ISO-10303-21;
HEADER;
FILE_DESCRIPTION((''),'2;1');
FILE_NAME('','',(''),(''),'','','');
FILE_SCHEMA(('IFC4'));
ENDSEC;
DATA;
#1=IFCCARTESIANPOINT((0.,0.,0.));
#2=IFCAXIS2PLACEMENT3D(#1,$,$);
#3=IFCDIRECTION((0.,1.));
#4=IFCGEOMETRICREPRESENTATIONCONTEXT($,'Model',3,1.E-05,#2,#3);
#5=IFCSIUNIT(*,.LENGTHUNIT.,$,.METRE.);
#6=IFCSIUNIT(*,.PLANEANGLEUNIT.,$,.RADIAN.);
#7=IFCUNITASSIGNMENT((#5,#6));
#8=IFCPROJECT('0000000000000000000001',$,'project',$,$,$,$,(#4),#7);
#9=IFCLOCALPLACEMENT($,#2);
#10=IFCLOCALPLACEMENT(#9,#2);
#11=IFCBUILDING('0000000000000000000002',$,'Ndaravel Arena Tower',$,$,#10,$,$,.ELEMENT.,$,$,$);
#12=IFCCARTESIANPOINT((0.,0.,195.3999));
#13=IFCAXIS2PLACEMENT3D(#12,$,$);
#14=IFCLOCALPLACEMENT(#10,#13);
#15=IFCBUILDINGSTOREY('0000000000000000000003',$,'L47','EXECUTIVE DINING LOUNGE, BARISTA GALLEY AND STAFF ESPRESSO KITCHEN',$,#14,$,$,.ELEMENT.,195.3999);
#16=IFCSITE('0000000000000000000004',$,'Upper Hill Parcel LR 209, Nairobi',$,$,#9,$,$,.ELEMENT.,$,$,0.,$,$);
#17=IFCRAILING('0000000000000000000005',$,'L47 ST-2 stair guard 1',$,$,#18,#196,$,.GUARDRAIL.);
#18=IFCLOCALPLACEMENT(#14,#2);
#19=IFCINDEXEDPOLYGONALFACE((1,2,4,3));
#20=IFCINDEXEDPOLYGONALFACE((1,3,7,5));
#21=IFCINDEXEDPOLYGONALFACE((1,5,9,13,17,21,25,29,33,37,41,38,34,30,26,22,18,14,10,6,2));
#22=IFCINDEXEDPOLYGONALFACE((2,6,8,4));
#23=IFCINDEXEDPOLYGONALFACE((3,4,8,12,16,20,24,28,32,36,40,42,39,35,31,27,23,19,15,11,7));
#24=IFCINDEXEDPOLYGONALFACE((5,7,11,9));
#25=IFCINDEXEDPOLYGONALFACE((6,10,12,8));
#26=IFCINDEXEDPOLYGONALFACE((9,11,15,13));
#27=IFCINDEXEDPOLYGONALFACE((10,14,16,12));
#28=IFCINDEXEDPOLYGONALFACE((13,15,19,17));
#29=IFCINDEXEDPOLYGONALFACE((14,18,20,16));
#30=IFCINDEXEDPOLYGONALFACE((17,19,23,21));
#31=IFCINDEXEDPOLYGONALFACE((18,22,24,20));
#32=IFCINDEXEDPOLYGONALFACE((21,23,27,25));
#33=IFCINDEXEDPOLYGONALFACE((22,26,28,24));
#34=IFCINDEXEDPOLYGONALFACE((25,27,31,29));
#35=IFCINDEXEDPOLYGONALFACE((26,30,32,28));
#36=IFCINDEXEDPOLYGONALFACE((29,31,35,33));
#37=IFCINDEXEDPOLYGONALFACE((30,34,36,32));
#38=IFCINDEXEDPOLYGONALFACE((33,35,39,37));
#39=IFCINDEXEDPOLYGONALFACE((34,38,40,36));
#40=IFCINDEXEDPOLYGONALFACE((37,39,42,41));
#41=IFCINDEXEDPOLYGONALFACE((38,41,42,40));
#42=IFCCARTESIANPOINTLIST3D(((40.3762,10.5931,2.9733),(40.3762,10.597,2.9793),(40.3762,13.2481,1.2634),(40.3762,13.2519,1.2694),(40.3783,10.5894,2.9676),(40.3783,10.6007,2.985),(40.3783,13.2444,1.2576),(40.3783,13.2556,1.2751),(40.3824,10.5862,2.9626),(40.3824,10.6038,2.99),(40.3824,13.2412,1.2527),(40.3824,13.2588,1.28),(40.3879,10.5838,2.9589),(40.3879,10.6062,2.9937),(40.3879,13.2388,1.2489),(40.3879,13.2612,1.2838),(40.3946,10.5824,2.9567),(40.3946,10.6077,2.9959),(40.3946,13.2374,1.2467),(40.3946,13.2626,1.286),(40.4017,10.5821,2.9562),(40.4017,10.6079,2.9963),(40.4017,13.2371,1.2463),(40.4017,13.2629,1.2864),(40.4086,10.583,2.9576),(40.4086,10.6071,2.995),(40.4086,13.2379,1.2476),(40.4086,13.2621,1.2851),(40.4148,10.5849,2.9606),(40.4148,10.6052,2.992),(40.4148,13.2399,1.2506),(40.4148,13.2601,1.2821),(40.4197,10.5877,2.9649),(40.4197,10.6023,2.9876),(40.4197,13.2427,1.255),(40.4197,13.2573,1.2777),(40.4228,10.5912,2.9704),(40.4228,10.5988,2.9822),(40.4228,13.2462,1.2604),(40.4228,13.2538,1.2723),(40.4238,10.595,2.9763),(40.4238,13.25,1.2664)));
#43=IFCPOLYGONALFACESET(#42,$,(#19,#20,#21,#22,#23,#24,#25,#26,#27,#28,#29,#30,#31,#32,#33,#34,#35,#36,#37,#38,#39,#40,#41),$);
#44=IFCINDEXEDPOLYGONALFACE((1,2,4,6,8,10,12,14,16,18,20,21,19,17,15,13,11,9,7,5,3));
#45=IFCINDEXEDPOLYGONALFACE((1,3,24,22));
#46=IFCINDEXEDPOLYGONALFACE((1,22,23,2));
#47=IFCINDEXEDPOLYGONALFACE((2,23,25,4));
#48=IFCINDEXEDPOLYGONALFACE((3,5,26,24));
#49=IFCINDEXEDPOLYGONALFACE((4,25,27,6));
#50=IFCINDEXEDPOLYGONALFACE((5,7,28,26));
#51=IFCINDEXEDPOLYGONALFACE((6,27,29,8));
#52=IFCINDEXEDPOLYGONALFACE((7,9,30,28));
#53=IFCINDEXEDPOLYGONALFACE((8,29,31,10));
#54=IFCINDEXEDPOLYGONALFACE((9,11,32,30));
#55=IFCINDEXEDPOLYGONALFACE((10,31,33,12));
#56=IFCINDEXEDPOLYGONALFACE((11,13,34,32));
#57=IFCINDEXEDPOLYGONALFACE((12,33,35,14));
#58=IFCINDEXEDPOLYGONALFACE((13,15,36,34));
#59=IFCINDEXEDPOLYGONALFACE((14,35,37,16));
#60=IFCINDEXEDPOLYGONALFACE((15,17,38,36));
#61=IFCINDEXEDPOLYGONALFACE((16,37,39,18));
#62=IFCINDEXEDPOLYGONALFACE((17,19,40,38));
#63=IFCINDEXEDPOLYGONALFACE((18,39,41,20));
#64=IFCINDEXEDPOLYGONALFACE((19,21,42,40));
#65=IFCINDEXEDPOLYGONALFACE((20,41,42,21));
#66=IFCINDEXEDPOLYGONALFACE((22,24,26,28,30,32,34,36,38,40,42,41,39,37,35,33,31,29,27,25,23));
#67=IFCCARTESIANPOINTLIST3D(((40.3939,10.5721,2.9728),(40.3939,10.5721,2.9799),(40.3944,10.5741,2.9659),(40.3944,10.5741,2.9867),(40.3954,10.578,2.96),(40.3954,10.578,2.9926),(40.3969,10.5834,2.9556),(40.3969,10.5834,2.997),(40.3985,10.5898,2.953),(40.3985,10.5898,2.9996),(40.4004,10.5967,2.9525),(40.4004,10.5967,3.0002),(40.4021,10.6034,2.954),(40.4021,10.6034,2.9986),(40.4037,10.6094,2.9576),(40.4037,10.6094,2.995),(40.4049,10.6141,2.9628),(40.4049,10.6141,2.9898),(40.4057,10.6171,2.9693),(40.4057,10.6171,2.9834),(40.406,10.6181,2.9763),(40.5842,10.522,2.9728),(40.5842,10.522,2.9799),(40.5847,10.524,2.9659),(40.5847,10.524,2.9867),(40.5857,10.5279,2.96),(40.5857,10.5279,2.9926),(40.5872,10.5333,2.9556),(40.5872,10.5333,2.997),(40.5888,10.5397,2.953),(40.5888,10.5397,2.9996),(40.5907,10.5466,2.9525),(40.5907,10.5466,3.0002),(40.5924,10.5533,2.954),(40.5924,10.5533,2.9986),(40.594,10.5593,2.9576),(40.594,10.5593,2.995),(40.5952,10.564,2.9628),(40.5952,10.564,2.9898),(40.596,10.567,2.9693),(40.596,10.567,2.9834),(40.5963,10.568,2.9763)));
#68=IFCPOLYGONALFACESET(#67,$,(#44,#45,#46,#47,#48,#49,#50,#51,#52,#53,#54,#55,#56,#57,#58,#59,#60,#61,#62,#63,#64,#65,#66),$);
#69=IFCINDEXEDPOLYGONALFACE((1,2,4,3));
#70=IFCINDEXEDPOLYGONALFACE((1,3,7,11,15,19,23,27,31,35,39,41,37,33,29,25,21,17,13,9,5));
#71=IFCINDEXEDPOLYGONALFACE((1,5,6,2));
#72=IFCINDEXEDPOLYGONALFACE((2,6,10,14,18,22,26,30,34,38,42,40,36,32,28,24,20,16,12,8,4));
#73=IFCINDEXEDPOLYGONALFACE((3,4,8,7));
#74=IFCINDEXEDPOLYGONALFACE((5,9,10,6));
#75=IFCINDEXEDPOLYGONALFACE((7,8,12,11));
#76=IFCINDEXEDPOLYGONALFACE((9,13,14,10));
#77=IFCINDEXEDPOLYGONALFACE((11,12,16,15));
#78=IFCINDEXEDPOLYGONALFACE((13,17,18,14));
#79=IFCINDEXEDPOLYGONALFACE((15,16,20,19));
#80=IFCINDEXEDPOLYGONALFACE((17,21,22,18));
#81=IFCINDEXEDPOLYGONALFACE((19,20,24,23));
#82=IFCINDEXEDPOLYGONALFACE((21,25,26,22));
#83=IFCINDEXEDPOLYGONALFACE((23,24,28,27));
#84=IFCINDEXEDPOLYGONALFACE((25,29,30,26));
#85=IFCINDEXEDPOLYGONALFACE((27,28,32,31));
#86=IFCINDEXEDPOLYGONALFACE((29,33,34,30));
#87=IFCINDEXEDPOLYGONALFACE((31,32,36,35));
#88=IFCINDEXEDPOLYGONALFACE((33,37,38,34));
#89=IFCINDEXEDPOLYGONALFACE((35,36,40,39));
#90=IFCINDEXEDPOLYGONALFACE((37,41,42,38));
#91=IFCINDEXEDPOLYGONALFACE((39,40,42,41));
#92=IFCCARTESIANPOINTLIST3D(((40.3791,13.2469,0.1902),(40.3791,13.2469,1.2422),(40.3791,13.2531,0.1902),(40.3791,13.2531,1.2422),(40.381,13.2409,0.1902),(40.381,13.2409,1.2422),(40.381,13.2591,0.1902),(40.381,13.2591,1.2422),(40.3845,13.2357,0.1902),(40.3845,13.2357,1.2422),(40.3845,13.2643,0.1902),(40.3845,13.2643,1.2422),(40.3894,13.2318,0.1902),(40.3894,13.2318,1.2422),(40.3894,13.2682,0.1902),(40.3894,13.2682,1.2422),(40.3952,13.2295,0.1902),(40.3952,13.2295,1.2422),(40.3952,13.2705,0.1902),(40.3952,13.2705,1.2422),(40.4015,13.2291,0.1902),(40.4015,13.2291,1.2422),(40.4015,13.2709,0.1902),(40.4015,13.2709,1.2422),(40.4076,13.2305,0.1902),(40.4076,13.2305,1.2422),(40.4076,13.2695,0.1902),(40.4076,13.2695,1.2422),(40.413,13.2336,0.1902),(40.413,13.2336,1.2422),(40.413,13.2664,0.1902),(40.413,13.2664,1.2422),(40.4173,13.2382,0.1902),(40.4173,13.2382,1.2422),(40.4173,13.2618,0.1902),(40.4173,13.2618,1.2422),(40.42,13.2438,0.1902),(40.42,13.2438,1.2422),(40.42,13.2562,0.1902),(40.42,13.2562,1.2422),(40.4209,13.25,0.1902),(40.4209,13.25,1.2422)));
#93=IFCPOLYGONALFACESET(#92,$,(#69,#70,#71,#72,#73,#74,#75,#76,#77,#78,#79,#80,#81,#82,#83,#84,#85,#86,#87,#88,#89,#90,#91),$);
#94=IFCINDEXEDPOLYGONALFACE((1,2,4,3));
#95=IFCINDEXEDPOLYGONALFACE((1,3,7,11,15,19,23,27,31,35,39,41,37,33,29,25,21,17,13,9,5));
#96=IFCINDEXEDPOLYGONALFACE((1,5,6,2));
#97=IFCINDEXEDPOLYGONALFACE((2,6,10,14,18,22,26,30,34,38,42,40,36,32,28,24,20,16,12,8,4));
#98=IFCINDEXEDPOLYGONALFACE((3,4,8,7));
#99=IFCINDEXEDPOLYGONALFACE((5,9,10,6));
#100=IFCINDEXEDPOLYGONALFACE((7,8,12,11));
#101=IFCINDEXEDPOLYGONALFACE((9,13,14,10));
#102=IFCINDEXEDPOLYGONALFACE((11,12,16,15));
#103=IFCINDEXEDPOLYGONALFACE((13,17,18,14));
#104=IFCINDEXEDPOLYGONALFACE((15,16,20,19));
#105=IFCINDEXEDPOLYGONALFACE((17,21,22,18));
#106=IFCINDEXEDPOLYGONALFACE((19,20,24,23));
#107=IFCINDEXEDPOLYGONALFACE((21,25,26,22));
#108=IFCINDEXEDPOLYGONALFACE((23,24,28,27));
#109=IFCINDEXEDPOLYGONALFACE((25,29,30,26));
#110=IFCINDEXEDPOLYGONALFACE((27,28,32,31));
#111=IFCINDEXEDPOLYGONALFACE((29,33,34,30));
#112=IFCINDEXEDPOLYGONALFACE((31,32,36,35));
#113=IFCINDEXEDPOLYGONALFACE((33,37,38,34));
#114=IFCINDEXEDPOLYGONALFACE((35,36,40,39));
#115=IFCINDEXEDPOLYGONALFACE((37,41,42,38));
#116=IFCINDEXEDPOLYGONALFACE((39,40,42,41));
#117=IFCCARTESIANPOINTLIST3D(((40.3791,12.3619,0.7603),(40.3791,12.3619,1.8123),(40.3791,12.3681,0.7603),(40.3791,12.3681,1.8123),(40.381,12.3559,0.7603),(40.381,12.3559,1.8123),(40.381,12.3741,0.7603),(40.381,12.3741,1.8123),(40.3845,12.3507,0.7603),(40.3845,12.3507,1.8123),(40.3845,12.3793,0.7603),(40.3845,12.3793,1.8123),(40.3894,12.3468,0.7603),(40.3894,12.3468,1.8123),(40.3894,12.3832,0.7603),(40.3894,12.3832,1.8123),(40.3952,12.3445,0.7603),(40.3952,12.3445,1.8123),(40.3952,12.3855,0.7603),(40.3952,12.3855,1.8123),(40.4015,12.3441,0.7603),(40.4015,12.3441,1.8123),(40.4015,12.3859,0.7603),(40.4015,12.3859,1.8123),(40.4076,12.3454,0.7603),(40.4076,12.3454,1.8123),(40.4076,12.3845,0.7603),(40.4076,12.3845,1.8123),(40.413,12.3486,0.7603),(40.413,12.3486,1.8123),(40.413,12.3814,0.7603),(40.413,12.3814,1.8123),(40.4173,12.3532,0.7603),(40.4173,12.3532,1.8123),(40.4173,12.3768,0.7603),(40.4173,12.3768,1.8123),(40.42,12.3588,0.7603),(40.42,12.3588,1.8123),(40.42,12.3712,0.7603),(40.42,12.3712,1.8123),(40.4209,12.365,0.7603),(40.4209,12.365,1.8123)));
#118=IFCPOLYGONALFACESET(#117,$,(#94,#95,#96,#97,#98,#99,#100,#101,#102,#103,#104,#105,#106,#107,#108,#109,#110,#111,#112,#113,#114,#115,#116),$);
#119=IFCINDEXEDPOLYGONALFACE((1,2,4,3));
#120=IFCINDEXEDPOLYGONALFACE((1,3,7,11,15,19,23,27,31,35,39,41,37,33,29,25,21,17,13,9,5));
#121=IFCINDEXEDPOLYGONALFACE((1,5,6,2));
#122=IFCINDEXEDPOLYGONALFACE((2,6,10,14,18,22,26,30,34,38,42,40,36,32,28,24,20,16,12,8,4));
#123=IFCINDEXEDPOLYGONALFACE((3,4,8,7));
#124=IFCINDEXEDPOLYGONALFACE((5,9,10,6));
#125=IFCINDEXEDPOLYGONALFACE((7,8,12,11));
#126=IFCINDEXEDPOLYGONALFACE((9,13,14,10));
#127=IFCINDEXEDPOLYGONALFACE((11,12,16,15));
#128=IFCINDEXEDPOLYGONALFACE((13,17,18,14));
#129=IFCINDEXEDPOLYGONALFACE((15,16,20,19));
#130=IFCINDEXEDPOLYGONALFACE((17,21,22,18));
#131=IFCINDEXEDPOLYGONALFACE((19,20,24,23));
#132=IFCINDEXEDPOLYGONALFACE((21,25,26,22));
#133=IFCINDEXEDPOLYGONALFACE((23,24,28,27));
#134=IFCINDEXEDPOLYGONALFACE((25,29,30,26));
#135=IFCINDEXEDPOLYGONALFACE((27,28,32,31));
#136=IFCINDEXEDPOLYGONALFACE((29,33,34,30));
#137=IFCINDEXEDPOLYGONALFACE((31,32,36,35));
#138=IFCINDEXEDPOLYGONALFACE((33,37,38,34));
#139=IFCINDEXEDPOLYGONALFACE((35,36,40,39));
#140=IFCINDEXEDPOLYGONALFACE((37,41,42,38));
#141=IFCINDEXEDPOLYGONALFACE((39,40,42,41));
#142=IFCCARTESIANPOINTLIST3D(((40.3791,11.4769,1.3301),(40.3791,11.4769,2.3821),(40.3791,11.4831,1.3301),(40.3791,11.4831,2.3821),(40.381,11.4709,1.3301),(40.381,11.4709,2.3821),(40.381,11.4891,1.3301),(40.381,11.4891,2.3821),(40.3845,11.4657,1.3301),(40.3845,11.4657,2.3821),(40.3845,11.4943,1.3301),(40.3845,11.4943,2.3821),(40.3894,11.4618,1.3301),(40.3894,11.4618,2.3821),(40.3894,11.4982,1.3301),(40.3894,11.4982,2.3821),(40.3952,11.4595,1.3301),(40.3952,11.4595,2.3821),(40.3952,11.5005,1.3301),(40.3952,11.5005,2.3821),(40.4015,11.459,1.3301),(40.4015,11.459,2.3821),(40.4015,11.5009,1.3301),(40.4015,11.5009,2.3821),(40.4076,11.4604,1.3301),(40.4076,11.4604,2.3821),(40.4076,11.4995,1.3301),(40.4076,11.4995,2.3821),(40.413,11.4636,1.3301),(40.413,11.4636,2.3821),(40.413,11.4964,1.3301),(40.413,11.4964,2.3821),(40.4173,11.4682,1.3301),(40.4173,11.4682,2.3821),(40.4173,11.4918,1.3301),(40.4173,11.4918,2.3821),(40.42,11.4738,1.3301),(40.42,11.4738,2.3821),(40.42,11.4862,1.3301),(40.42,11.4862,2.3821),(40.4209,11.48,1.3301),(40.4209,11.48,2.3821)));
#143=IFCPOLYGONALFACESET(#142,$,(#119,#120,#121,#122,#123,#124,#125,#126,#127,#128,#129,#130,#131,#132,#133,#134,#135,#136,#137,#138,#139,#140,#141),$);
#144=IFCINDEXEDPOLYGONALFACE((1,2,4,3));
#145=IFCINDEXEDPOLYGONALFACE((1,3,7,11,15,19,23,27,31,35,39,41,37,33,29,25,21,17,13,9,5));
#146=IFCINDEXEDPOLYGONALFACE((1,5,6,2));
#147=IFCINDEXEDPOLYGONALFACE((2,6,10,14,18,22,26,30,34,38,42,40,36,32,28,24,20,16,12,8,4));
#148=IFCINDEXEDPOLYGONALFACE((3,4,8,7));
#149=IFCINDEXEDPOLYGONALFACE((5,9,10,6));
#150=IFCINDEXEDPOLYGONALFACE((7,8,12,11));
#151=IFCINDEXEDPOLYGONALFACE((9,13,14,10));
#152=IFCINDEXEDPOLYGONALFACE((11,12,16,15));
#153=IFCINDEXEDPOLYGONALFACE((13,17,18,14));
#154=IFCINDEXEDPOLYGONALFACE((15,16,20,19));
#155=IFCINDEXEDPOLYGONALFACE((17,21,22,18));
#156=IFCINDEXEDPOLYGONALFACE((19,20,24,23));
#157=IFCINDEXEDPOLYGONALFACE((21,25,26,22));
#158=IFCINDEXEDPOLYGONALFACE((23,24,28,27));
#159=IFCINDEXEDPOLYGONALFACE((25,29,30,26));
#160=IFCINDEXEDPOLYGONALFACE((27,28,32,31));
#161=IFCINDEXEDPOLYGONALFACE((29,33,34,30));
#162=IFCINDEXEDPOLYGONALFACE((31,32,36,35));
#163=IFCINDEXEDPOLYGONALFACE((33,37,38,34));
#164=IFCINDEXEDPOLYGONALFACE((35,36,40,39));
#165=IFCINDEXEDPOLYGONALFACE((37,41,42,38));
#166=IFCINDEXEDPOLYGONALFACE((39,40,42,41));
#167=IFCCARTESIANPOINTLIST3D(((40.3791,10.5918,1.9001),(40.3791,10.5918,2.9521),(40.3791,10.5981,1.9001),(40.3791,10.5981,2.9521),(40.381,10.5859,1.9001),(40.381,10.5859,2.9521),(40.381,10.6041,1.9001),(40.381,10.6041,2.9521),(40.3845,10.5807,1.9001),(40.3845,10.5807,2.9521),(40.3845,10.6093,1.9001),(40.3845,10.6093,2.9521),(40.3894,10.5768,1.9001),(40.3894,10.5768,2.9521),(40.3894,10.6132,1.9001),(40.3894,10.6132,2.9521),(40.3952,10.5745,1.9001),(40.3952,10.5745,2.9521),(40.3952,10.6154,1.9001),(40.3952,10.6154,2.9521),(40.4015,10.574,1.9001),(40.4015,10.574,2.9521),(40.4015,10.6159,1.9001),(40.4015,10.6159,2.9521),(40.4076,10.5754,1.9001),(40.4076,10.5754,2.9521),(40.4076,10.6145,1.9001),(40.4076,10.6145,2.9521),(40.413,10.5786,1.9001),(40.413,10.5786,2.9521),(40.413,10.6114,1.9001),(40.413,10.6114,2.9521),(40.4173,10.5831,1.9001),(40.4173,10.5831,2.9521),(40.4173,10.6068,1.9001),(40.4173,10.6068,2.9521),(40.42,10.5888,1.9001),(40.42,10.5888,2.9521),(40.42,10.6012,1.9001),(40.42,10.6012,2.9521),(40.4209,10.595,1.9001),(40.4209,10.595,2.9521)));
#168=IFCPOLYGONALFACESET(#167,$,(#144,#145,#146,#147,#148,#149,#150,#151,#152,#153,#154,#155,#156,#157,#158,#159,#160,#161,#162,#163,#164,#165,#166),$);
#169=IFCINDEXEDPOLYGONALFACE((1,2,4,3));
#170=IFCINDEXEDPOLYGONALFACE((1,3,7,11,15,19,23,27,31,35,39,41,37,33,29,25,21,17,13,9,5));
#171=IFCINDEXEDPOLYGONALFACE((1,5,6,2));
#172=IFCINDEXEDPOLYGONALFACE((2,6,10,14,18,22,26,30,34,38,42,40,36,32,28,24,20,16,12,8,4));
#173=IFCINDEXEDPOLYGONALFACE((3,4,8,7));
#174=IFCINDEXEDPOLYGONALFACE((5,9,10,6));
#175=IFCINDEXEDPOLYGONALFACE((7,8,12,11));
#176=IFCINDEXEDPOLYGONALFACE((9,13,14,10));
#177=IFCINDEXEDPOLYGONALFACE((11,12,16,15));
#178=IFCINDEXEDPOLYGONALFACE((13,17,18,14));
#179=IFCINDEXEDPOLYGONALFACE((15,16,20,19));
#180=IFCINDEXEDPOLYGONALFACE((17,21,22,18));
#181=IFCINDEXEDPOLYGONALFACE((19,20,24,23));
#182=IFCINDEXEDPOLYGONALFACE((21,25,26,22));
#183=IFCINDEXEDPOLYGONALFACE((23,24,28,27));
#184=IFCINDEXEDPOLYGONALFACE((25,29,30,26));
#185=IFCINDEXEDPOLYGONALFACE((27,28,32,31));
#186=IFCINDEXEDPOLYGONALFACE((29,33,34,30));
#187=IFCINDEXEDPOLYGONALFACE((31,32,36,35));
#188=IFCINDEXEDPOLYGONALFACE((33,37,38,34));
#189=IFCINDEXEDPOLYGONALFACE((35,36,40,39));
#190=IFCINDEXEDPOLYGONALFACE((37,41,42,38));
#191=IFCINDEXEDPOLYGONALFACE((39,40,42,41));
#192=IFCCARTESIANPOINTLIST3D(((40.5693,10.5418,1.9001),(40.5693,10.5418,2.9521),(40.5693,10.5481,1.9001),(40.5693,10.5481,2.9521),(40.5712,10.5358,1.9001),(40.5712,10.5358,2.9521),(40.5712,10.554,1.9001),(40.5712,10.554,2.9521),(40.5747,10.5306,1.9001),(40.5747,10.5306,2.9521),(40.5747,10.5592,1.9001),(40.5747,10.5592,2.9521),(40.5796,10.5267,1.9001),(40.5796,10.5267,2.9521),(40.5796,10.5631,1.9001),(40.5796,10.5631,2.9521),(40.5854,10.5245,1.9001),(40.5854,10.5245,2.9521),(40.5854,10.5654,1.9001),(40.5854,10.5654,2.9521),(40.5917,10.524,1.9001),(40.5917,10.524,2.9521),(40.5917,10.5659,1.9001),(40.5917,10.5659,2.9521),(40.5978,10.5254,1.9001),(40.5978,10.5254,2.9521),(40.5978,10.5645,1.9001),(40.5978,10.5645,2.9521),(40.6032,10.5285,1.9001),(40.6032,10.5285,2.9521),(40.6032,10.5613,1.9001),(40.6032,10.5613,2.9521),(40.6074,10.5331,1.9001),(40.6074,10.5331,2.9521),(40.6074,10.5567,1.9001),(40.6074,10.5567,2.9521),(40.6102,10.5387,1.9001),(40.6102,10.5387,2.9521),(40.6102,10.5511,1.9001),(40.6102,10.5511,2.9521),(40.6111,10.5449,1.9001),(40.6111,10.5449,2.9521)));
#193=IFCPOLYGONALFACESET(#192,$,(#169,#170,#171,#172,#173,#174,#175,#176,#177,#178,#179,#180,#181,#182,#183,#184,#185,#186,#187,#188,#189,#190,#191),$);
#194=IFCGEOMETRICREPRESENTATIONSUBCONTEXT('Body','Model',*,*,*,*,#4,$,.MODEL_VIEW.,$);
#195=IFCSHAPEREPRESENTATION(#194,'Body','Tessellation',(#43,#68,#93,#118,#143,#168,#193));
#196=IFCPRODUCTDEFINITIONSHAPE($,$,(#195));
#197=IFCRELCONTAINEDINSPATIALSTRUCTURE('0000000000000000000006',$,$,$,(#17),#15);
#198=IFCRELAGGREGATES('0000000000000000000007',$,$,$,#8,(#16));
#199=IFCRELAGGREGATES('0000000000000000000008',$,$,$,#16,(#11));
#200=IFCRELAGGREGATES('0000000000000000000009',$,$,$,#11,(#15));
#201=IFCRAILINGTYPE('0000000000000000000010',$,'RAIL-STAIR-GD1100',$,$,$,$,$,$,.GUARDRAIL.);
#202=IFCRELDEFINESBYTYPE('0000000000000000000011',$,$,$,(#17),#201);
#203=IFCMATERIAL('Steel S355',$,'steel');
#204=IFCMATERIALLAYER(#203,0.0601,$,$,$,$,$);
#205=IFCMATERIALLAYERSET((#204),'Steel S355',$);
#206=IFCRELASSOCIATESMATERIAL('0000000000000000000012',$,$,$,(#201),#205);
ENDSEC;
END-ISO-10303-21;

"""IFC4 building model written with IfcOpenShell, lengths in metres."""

from ifc_helpers import new_model, si_unit, direction, frame, origin, origin_2d, place, context, subcontext, project, spatial, circle, extrude, material, layer, layer_set, type_object, element, save


model = new_model("IFC4")

# Units and contexts
model_context = context("Model", 3, precision=1e-05, world=origin(), true_north=direction((0.0, 1.0)))
body_context = subcontext(model_context, "Body", "Model", "MODEL_VIEW")
ifc_project = project(units=[si_unit("LENGTHUNIT", "METRE"), si_unit("PLANEANGLEUNIT", "RADIAN")], contexts=[model_context])

# Site, building, storey
site_placement = place(None, origin())
site = spatial("IfcSite", under=ifc_project, at=site_placement, Name="Upper Hill Parcel LR 209, Nairobi", CompositionType="ELEMENT", RefElevation=0.0)
building_placement = place(site_placement, origin())
building = spatial("IfcBuilding", under=site, at=building_placement, Name="Ndaravel Arena Tower", CompositionType="ELEMENT")
storey_placement = place(building_placement, frame((0.0, 0.0, 195.3999)))
storey = spatial("IfcBuildingStorey", under=building, at=storey_placement, Name="L47", Description="EXECUTIVE DINING LOUNGE, BARISTA GALLEY AND STAFF ESPRESSO KITCHEN", CompositionType="ELEMENT", Elevation=195.3999)

# Railing
ifc_material_1 = material(Name="Steel S355", Category="steel")
ifc_layer_1 = layer(ifc_material_1, 0.0601)
ifc_layer_set_1 = layer_set([ifc_layer_1], Name="Steel S355")
railing_type_1 = type_object("IfcRailingType", Name="RAIL-STAIR-GD1100", PredefinedType="GUARDRAIL", material=ifc_layer_set_1)
railing_1_placement = place(storey_placement, frame((40.3999, 13.25, 0.1902)))
element("IfcRailing", 1, at=railing_1_placement, inside=storey, type_object=railing_type_1, Name="L47 ST-2 stair guard 1", PredefinedType="GUARDRAIL", context=body_context, shape_type="SweptSolid", body=[
    extrude(circle(Radius=0.0239, at=origin_2d()), frame((0.0, 0.0, 1.0762), z_axis=(0.0, -0.840724, 0.541465), x_axis=(1.0, 0.0, 0.0)), (0.0, 0.0, 1.0), 3.158),
    extrude(circle(Radius=0.0239, at=origin_2d()), frame((0.0, -2.655, 2.7861), z_axis=(0.967075, -0.254493, 0.0), x_axis=(0.254493, 0.967075, 0.0)), (0.0, 0.0, 1.0), 0.1968),
    extrude(circle(Radius=0.021, at=origin_2d()), origin(), (0.0, 0.0, 1.0), 1.052),
    extrude(circle(Radius=0.021, at=origin_2d()), frame((0.0, -0.885, 0.5701)), (0.0, 0.0, 1.0), 1.052),
    extrude(circle(Radius=0.021, at=origin_2d()), frame((0.0, -1.77, 1.1399)), (0.0, 0.0, 1.0), 1.052),
    extrude(circle(Radius=0.021, at=origin_2d()), frame((0.0, -2.655, 1.71)), (0.0, 0.0, 1.0), 1.052),
    extrude(circle(Radius=0.021, at=origin_2d()), frame((0.1902, -2.7051, 1.71)), (0.0, 0.0, 1.0), 1.052),
])

save(model, "model.ifc")
